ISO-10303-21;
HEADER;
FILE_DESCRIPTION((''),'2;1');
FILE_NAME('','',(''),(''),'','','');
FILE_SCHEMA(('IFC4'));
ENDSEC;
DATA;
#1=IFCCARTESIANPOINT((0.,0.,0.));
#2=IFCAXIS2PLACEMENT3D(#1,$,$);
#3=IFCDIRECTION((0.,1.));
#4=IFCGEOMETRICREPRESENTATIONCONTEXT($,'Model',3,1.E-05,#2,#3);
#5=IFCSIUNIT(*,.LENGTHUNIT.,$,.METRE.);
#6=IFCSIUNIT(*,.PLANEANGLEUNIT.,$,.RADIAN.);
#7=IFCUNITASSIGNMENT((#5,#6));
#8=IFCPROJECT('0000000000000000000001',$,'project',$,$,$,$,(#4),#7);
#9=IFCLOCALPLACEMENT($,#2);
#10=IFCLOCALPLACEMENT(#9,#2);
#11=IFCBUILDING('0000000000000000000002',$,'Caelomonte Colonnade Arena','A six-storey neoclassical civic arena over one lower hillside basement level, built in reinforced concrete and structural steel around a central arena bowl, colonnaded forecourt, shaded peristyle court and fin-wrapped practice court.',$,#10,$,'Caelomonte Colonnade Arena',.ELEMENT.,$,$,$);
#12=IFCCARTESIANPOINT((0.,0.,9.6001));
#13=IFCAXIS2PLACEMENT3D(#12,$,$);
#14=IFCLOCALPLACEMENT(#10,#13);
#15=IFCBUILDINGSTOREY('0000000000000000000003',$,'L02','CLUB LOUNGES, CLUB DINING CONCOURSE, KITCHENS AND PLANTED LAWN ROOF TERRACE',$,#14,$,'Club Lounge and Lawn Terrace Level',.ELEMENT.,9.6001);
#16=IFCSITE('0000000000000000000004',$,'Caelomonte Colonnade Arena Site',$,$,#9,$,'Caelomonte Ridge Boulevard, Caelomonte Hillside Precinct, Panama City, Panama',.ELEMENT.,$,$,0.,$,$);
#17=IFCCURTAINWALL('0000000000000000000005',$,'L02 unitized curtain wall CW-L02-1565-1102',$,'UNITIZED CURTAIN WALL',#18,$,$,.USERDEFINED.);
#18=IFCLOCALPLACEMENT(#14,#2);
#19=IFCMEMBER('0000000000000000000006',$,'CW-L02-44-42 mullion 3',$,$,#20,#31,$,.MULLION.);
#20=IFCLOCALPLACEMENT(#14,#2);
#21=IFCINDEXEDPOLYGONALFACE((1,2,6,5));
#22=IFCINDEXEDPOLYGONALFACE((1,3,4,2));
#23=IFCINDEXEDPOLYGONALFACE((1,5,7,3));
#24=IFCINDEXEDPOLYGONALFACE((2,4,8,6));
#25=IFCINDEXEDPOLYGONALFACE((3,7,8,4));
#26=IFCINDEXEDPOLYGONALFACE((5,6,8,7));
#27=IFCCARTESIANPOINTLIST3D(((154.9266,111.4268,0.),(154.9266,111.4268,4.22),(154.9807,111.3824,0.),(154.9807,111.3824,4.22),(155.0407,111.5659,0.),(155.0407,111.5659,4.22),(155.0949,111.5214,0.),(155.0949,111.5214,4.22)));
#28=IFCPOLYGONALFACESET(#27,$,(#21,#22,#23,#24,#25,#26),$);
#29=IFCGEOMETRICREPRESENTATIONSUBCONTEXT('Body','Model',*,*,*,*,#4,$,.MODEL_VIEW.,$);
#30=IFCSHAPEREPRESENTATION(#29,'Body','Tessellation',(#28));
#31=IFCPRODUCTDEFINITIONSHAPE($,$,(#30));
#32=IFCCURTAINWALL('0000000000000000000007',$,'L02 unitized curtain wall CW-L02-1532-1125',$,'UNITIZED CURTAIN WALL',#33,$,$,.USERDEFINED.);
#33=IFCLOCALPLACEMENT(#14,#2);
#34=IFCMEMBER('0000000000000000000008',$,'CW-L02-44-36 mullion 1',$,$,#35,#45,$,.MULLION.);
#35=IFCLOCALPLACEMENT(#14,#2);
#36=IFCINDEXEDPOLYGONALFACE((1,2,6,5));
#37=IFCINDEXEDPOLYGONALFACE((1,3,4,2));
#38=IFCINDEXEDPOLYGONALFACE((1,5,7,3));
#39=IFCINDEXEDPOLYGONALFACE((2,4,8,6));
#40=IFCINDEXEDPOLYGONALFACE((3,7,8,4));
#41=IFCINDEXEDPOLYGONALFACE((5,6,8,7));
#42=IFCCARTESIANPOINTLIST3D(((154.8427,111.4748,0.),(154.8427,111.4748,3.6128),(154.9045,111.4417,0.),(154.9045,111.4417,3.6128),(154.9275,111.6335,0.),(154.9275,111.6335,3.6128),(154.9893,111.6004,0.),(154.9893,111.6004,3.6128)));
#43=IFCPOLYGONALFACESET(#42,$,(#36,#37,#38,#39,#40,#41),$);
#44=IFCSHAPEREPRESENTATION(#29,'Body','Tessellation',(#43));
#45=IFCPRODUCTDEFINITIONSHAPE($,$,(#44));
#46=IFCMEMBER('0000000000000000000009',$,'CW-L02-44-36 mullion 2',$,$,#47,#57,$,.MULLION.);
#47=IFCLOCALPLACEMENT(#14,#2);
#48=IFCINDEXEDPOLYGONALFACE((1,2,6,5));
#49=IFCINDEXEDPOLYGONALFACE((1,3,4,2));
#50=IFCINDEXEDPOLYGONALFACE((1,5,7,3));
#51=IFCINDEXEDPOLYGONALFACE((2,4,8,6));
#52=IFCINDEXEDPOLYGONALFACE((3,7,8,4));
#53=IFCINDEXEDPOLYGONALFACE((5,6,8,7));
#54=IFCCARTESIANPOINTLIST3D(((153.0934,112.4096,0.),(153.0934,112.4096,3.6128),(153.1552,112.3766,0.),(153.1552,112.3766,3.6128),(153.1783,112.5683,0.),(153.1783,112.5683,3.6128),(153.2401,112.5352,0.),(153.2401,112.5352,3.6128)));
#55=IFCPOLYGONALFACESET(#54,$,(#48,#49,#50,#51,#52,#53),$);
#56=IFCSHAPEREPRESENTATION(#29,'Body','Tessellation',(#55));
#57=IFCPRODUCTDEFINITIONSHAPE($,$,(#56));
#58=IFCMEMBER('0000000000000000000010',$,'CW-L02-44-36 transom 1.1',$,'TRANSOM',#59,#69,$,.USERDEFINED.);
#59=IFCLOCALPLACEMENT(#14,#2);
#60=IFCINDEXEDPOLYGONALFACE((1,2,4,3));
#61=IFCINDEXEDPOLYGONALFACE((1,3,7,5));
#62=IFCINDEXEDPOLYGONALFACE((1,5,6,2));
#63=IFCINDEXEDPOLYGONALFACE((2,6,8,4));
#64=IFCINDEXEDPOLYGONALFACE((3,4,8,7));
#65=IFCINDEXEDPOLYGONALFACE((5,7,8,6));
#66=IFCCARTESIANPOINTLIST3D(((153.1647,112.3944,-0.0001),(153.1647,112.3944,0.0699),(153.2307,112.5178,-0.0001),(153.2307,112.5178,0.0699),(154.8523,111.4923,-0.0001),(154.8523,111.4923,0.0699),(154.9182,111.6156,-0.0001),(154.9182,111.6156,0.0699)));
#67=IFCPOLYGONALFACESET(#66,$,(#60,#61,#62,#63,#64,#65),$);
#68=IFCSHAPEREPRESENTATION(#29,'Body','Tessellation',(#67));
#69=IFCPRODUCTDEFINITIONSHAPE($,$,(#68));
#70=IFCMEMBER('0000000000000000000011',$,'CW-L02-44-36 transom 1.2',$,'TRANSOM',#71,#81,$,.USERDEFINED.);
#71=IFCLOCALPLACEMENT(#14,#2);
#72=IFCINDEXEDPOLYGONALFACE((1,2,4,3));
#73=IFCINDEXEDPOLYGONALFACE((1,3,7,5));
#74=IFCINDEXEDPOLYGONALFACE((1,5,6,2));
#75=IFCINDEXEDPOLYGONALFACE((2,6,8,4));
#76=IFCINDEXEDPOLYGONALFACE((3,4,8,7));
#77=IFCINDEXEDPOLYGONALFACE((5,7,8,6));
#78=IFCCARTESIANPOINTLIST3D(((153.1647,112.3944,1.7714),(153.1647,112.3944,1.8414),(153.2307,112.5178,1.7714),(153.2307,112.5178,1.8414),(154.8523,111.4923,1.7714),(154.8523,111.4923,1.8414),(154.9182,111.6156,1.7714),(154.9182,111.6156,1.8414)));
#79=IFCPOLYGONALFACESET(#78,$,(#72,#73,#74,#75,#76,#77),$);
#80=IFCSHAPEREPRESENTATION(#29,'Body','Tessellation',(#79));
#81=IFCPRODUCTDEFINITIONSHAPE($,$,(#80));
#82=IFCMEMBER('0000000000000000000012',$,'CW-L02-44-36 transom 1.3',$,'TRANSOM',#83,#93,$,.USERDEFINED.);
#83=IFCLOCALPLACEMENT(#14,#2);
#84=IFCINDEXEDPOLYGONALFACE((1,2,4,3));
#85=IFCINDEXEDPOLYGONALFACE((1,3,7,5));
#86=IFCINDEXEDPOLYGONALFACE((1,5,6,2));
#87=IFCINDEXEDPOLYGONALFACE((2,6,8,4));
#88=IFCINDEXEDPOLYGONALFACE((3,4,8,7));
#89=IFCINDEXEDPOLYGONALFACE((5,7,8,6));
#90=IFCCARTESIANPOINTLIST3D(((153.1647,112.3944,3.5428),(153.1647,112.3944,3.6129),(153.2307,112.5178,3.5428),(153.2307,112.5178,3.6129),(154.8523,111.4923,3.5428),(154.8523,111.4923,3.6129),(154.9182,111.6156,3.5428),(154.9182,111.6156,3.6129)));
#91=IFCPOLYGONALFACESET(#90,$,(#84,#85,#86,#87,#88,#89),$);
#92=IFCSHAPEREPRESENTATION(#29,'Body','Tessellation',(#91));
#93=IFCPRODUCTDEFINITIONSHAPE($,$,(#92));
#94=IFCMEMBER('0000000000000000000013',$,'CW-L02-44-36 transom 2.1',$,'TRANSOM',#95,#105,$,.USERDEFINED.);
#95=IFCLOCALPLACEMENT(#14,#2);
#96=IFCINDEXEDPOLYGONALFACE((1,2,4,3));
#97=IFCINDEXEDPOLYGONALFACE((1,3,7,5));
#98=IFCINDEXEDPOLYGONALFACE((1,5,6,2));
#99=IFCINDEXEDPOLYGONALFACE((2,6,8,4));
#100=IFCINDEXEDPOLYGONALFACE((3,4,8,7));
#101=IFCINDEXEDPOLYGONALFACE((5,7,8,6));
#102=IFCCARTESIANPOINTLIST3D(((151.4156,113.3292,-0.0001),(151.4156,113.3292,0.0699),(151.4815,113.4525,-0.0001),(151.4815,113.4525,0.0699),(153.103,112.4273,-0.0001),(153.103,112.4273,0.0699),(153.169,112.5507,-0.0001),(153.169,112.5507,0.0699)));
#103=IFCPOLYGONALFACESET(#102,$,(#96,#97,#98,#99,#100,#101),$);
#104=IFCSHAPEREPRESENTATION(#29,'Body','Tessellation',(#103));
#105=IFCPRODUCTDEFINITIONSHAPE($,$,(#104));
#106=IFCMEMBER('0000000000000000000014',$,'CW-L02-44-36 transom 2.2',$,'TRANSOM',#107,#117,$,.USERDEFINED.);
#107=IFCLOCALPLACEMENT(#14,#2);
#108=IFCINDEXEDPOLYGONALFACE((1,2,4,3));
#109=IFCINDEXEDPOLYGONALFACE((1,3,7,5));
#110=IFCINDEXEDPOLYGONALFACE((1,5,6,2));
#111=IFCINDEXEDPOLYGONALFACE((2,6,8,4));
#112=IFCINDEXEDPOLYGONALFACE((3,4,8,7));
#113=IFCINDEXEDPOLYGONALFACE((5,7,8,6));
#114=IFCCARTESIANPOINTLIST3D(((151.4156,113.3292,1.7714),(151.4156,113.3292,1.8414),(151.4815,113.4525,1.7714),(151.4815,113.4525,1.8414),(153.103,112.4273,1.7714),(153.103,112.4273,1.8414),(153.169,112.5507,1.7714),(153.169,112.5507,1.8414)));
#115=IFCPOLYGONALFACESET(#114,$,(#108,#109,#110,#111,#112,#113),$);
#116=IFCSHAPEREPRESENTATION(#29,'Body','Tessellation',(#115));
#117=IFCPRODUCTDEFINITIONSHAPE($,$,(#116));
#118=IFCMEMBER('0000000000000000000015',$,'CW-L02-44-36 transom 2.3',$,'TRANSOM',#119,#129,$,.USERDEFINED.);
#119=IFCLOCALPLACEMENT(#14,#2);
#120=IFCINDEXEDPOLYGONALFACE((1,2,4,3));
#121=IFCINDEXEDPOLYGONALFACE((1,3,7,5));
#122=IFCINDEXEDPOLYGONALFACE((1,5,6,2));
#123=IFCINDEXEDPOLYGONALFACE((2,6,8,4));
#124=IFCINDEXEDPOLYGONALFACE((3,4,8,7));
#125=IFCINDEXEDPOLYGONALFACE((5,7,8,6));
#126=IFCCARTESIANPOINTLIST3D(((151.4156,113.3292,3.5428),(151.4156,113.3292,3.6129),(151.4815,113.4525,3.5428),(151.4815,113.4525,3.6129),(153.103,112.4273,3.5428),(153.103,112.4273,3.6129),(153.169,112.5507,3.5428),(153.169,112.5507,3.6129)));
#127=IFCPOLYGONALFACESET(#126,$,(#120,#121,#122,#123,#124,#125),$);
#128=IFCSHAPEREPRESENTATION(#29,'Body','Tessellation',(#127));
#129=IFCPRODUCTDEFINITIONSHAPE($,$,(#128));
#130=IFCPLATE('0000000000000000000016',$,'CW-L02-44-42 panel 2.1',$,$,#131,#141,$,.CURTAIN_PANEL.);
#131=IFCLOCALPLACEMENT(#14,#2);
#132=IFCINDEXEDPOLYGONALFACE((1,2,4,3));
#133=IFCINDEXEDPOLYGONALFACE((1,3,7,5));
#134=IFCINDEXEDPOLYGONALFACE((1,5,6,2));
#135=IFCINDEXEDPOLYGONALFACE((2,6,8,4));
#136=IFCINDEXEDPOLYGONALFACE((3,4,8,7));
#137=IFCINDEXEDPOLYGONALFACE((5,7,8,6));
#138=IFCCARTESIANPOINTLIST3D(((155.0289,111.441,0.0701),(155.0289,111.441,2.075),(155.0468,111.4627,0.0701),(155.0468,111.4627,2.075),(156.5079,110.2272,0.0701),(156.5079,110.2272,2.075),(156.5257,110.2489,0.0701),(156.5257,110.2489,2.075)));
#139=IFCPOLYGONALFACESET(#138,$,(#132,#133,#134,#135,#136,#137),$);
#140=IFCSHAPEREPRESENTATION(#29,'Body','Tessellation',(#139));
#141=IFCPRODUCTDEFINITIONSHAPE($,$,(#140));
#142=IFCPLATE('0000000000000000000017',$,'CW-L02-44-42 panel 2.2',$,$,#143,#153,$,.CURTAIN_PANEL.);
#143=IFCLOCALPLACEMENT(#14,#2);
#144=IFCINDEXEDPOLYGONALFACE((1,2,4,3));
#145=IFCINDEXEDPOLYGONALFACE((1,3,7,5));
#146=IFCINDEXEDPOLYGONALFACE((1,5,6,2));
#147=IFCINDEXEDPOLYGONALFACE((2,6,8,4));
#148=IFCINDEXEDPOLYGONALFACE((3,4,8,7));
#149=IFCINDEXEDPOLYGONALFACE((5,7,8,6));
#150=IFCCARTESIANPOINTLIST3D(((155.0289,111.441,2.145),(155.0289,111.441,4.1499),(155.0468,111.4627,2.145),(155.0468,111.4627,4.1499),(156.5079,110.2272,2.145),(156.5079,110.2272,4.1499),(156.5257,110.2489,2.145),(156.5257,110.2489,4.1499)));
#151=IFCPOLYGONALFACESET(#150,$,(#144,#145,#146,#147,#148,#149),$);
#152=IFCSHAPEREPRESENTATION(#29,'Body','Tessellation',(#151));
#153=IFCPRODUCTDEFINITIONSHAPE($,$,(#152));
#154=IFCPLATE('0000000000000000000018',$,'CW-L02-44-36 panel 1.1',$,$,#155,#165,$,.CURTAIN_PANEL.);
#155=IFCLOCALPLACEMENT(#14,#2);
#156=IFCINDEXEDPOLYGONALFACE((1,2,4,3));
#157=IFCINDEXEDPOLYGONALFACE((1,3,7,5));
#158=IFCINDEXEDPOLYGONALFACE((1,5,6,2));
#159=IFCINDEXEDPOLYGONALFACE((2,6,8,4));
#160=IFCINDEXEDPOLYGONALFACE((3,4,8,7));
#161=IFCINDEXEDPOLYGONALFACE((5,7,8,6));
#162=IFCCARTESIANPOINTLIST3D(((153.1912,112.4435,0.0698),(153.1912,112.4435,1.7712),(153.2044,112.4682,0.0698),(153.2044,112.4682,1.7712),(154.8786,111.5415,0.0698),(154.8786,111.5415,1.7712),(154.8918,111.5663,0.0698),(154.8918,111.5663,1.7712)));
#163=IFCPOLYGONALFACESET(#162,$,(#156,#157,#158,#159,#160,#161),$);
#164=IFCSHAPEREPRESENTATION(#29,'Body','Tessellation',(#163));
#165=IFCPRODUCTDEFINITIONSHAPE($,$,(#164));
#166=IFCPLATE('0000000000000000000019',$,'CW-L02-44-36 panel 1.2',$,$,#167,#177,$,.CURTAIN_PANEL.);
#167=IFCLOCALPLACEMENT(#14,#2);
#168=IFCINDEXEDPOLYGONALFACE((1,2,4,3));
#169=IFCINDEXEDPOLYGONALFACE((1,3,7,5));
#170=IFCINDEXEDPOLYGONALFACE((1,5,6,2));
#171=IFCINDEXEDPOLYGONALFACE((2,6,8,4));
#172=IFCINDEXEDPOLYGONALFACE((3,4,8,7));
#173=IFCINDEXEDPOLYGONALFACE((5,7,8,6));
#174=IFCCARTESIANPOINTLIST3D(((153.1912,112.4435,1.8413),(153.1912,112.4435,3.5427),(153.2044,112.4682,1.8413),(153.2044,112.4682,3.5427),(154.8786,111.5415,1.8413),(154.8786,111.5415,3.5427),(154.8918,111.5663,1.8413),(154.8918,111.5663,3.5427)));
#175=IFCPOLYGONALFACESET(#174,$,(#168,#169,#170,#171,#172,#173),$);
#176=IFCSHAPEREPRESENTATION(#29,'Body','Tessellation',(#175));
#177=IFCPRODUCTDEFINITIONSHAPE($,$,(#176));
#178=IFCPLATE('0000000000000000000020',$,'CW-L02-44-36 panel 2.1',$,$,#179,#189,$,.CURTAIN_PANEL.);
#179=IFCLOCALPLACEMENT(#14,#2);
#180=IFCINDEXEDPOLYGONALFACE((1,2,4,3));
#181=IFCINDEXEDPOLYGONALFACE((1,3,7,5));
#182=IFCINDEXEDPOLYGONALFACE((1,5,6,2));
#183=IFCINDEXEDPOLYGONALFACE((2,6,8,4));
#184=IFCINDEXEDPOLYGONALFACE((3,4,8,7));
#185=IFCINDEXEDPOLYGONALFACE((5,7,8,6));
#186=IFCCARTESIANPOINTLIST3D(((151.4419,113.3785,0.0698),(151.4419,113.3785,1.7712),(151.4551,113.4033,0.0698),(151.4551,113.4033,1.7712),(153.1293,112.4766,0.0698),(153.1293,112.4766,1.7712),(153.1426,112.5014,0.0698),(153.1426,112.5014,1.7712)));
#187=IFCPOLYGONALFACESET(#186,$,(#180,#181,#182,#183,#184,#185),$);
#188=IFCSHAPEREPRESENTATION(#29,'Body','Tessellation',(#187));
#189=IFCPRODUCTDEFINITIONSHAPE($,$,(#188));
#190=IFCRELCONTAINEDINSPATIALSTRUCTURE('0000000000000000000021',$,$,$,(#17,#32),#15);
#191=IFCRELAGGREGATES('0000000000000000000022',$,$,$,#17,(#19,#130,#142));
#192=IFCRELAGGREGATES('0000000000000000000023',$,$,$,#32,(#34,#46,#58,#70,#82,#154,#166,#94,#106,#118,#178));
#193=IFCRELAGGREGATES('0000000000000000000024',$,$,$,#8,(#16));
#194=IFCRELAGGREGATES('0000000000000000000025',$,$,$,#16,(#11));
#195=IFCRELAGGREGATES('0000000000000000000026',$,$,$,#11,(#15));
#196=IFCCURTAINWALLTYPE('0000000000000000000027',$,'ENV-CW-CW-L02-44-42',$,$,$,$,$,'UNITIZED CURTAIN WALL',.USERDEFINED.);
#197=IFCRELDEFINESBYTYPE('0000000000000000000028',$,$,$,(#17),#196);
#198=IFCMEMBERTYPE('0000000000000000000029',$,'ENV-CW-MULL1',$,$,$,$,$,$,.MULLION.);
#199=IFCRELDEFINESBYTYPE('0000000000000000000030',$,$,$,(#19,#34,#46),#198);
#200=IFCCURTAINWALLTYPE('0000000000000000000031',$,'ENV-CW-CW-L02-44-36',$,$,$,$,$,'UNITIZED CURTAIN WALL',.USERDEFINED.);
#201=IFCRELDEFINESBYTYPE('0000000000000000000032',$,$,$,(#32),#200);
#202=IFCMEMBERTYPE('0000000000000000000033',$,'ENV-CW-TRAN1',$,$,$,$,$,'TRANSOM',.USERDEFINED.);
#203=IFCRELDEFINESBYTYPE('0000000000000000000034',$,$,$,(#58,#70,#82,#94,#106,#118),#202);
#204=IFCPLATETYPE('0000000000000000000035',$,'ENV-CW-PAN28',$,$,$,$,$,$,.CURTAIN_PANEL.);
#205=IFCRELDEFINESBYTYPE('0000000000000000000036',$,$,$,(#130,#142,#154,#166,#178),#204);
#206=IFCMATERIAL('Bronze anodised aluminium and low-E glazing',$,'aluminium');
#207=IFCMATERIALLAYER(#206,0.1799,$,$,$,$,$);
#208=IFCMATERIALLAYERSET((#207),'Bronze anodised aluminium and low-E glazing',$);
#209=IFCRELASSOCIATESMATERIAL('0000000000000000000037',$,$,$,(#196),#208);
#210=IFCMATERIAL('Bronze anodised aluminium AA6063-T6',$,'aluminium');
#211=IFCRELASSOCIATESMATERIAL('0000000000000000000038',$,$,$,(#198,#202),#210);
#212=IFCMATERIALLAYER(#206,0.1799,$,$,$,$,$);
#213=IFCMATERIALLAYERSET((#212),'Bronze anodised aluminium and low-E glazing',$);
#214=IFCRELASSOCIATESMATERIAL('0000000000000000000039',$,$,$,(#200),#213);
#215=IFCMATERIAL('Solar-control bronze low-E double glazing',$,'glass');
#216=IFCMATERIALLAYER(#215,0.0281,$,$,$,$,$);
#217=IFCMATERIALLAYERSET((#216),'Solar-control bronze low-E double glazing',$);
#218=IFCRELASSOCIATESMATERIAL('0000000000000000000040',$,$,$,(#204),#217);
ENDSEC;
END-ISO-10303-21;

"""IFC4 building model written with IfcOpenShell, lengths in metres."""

from ifc_helpers import new_model, si_unit, direction, frame, origin, origin_2d, place, context, subcontext, project, spatial, rectangle, extrude, material, layer, layer_set, material_profile, profile_set, type_object, element, aggregate, save


model = new_model("IFC4")

# Units and contexts
model_context = context("Model", 3, precision=1e-05, world=origin(), true_north=direction((0.0, 1.0)))
body_context = subcontext(model_context, "Body", "Model", "MODEL_VIEW")
ifc_project = project(units=[si_unit("LENGTHUNIT", "METRE"), si_unit("PLANEANGLEUNIT", "RADIAN")], contexts=[model_context])

# Site, building, storey
site_placement = place(None, origin())
site = spatial("IfcSite", under=ifc_project, at=site_placement, Name="Caelomonte Colonnade Arena Site", LongName="Caelomonte Ridge Boulevard, Caelomonte Hillside Precinct, Panama City, Panama", CompositionType="ELEMENT", RefElevation=0.0)
building_placement = place(site_placement, origin())
building = spatial("IfcBuilding", under=site, at=building_placement, Name="Caelomonte Colonnade Arena", Description="A six-storey neoclassical civic arena over one lower hillside basement level, built in reinforced concrete and structural steel around a central arena bowl, colonnaded forecourt, shaded peristyle court and fin-wrapped practice court.", LongName="Caelomonte Colonnade Arena", CompositionType="ELEMENT")
storey_placement = place(building_placement, frame((0.0, 0.0, 9.6001)))
storey = spatial("IfcBuildingStorey", under=building, at=storey_placement, Name="L02", Description="CLUB LOUNGES, CLUB DINING CONCOURSE, KITCHENS AND PLANTED LAWN ROOF TERRACE", LongName="Club Lounge and Lawn Terrace Level", CompositionType="ELEMENT", Elevation=9.6001)

# Curtain wall, member
ifc_material_1 = material(Name="Bronze anodised aluminium and low-E glazing", Category="aluminium")
ifc_layer_1 = layer(ifc_material_1, 0.1799)
ifc_layer_set_1 = layer_set([ifc_layer_1], Name="Bronze anodised aluminium and low-E glazing")
curtain_wall_type_1 = type_object("IfcCurtainWallType", Name="ENV-CW-CW-L02-44-42", ElementType="UNITIZED CURTAIN WALL", PredefinedType="USERDEFINED", material=ifc_layer_set_1)
curtain_wall_1_placement = place(storey_placement, origin())
curtain_wall_1 = element("IfcCurtainWall", 1, at=curtain_wall_1_placement, inside=storey, type_object=curtain_wall_type_1, Name="L02 unitized curtain wall CW-L02-1565-1102", ObjectType="UNITIZED CURTAIN WALL", PredefinedType="USERDEFINED")
ifc_material_2 = material(Name="Bronze anodised aluminium AA6063-T6", Category="aluminium")
ifc_material_profile_1 = material_profile(ifc_material_2, rectangle(XDim=0.0701, YDim=0.1799, at=origin_2d()), Name="CWM-70X180")
ifc_profile_set_1 = profile_set([ifc_material_profile_1], Name="Bronze anodised aluminium AA6063-T6")
member_type_1 = type_object("IfcMemberType", Name="ENV-CW-MULL1", PredefinedType="MULLION", material=ifc_profile_set_1)
member_1_placement = place(storey_placement, frame((155.0107, 111.4741, 0.0), z_axis=(0.0, 0.0, 1.0), x_axis=(-0.772992, 0.634416, 0.0)))
member_1 = element("IfcMember", 2, at=member_1_placement, type_object=member_type_1, Name="CW-L02-44-42 mullion 3", PredefinedType="MULLION", context=body_context, shape_type="SweptSolid", body=[
    extrude(rectangle(XDim=0.0701, YDim=0.1799, at=origin_2d()), origin(), (0.0, 0.0, 1.0), 4.22),
])

# Curtain wall, members
ifc_layer_2 = layer(ifc_material_1, 0.1799)
ifc_layer_set_2 = layer_set([ifc_layer_2], Name="Bronze anodised aluminium and low-E glazing")
curtain_wall_type_2 = type_object("IfcCurtainWallType", Name="ENV-CW-CW-L02-44-36", ElementType="UNITIZED CURTAIN WALL", PredefinedType="USERDEFINED", material=ifc_layer_set_2)
curtain_wall_2_placement = place(storey_placement, origin())
curtain_wall_2 = element("IfcCurtainWall", 3, at=curtain_wall_2_placement, inside=storey, type_object=curtain_wall_type_2, Name="L02 unitized curtain wall CW-L02-1532-1125", ObjectType="UNITIZED CURTAIN WALL", PredefinedType="USERDEFINED")
member_2_placement = place(storey_placement, frame((154.916, 111.5376, 0.0), z_axis=(0.0, 0.0, 1.0), x_axis=(-0.881923, 0.471394, 0.0)))
member_2 = element("IfcMember", 4, at=member_2_placement, type_object=member_type_1, Name="CW-L02-44-36 mullion 1", PredefinedType="MULLION", context=body_context, shape_type="SweptSolid", body=[
    extrude(rectangle(XDim=0.0701, YDim=0.1799, at=origin_2d()), origin(), (0.0, 0.0, 1.0), 3.6128),
])
member_3_placement = place(storey_placement, frame((153.1667, 112.4724, 0.0), z_axis=(0.0, 0.0, 1.0), x_axis=(-0.881923, 0.471394, 0.0)))
member_3 = element("IfcMember", 5, at=member_3_placement, type_object=member_type_1, Name="CW-L02-44-36 mullion 2", PredefinedType="MULLION", context=body_context, shape_type="SweptSolid", body=[
    extrude(rectangle(XDim=0.0701, YDim=0.1799, at=origin_2d()), origin(), (0.0, 0.0, 1.0), 3.6128),
])
ifc_material_profile_2 = material_profile(ifc_material_2, rectangle(XDim=0.0701, YDim=0.1399, at=origin_2d()), Name="CWT-70X140")
ifc_profile_set_2 = profile_set([ifc_material_profile_2], Name="Bronze anodised aluminium AA6063-T6")
member_type_2 = type_object("IfcMemberType", Name="ENV-CW-TRAN1", ElementType="TRANSOM", PredefinedType="USERDEFINED", material=ifc_profile_set_2)
member_4_placement = place(storey_placement, frame((154.8853, 111.554, 0.0349), z_axis=(-0.881897, 0.471442, 0.0), x_axis=(0.0, 0.0, 1.0)))
member_4 = element("IfcMember", 6, at=member_4_placement, type_object=member_type_2, Name="CW-L02-44-36 transom 1.1", ObjectType="TRANSOM", PredefinedType="USERDEFINED", context=body_context, shape_type="SweptSolid", body=[
    extrude(rectangle(XDim=0.0701, YDim=0.1399, at=origin_2d()), origin(), (0.0, 0.0, 1.0), 1.9136),
])
member_5_placement = place(storey_placement, frame((154.8853, 111.554, 1.8064), z_axis=(-0.881897, 0.471442, 0.0), x_axis=(0.0, 0.0, 1.0)))
member_5 = element("IfcMember", 7, at=member_5_placement, type_object=member_type_2, Name="CW-L02-44-36 transom 1.2", ObjectType="TRANSOM", PredefinedType="USERDEFINED", context=body_context, shape_type="SweptSolid", body=[
    extrude(rectangle(XDim=0.0701, YDim=0.1399, at=origin_2d()), origin(), (0.0, 0.0, 1.0), 1.9136),
])
member_6_placement = place(storey_placement, frame((154.8853, 111.554, 3.5779), z_axis=(-0.881897, 0.471442, 0.0), x_axis=(0.0, 0.0, 1.0)))
member_6 = element("IfcMember", 8, at=member_6_placement, type_object=member_type_2, Name="CW-L02-44-36 transom 1.3", ObjectType="TRANSOM", PredefinedType="USERDEFINED", context=body_context, shape_type="SweptSolid", body=[
    extrude(rectangle(XDim=0.0701, YDim=0.1399, at=origin_2d()), origin(), (0.0, 0.0, 1.0), 1.9136),
])
member_7_placement = place(storey_placement, frame((153.136, 112.489, 0.0349), z_axis=(-0.88195, 0.471343, 0.0), x_axis=(0.0, 0.0, 1.0)))
member_7 = element("IfcMember", 9, at=member_7_placement, type_object=member_type_2, Name="CW-L02-44-36 transom 2.1", ObjectType="TRANSOM", PredefinedType="USERDEFINED", context=body_context, shape_type="SweptSolid", body=[
    extrude(rectangle(XDim=0.0701, YDim=0.1399, at=origin_2d()), origin(), (0.0, 0.0, 1.0), 1.9133),
])
member_8_placement = place(storey_placement, frame((153.136, 112.489, 1.8064), z_axis=(-0.88195, 0.471343, 0.0), x_axis=(0.0, 0.0, 1.0)))
member_8 = element("IfcMember", 10, at=member_8_placement, type_object=member_type_2, Name="CW-L02-44-36 transom 2.2", ObjectType="TRANSOM", PredefinedType="USERDEFINED", context=body_context, shape_type="SweptSolid", body=[
    extrude(rectangle(XDim=0.0701, YDim=0.1399, at=origin_2d()), origin(), (0.0, 0.0, 1.0), 1.9133),
])
member_9_placement = place(storey_placement, frame((153.136, 112.489, 3.5779), z_axis=(-0.88195, 0.471343, 0.0), x_axis=(0.0, 0.0, 1.0)))
member_9 = element("IfcMember", 11, at=member_9_placement, type_object=member_type_2, Name="CW-L02-44-36 transom 2.3", ObjectType="TRANSOM", PredefinedType="USERDEFINED", context=body_context, shape_type="SweptSolid", body=[
    extrude(rectangle(XDim=0.0701, YDim=0.1399, at=origin_2d()), origin(), (0.0, 0.0, 1.0), 1.9133),
])

# Plates
ifc_material_3 = material(Name="Solar-control bronze low-E double glazing", Category="glass")
ifc_layer_3 = layer(ifc_material_3, 0.0281)
ifc_layer_set_3 = layer_set([ifc_layer_3], Name="Solar-control bronze low-E double glazing")
plate_type = type_object("IfcPlateType", Name="ENV-CW-PAN28", PredefinedType="CURTAIN_PANEL", material=ifc_layer_set_3)
plate_1_placement = place(storey_placement, frame((155.7773, 110.845, 0.0701), z_axis=(0.0, 0.0, 1.0), x_axis=(-0.772992, 0.634416, 0.0)))
plate_1 = element("IfcPlate", 12, at=plate_1_placement, type_object=plate_type, Name="CW-L02-44-42 panel 2.1", PredefinedType="CURTAIN_PANEL", context=body_context, shape_type="SweptSolid", body=[
    extrude(rectangle(XDim=1.9133, YDim=0.0281, at=origin_2d()), origin(), (0.0, 0.0, 1.0), 2.0049),
])
plate_2_placement = place(storey_placement, frame((155.7773, 110.845, 2.145), z_axis=(0.0, 0.0, 1.0), x_axis=(-0.772992, 0.634416, 0.0)))
plate_2 = element("IfcPlate", 13, at=plate_2_placement, type_object=plate_type, Name="CW-L02-44-42 panel 2.2", PredefinedType="CURTAIN_PANEL", context=body_context, shape_type="SweptSolid", body=[
    extrude(rectangle(XDim=1.9133, YDim=0.0281, at=origin_2d()), origin(), (0.0, 0.0, 1.0), 2.0049),
])
aggregate(curtain_wall_1, [member_1, plate_1, plate_2])
plate_3_placement = place(storey_placement, frame((154.0415, 112.0049, 0.0698), z_axis=(0.0, 0.0, 1.0), x_axis=(-0.881923, 0.471394, 0.0)))
plate_3 = element("IfcPlate", 14, at=plate_3_placement, type_object=plate_type, Name="CW-L02-44-36 panel 1.1", PredefinedType="CURTAIN_PANEL", context=body_context, shape_type="SweptSolid", body=[
    extrude(rectangle(XDim=1.9133, YDim=0.0281, at=origin_2d()), origin(), (0.0, 0.0, 1.0), 1.7014),
])
plate_4_placement = place(storey_placement, frame((154.0415, 112.0049, 1.8413), z_axis=(0.0, 0.0, 1.0), x_axis=(-0.881923, 0.471394, 0.0)))
plate_4 = element("IfcPlate", 15, at=plate_4_placement, type_object=plate_type, Name="CW-L02-44-36 panel 1.2", PredefinedType="CURTAIN_PANEL", context=body_context, shape_type="SweptSolid", body=[
    extrude(rectangle(XDim=1.9133, YDim=0.0281, at=origin_2d()), origin(), (0.0, 0.0, 1.0), 1.7014),
])
plate_5_placement = place(storey_placement, frame((152.2922, 112.9399, 0.0698), z_axis=(0.0, 0.0, 1.0), x_axis=(-0.881923, 0.471394, 0.0)))
plate_5 = element("IfcPlate", 16, at=plate_5_placement, type_object=plate_type, Name="CW-L02-44-36 panel 2.1", PredefinedType="CURTAIN_PANEL", context=body_context, shape_type="SweptSolid", body=[
    extrude(rectangle(XDim=1.9133, YDim=0.0281, at=origin_2d()), origin(), (0.0, 0.0, 1.0), 1.7014),
])
aggregate(curtain_wall_2, [member_2, member_3, member_4, member_5, member_6, plate_3, plate_4, member_7, member_8, member_9, plate_5])

save(model, "model.ifc")
